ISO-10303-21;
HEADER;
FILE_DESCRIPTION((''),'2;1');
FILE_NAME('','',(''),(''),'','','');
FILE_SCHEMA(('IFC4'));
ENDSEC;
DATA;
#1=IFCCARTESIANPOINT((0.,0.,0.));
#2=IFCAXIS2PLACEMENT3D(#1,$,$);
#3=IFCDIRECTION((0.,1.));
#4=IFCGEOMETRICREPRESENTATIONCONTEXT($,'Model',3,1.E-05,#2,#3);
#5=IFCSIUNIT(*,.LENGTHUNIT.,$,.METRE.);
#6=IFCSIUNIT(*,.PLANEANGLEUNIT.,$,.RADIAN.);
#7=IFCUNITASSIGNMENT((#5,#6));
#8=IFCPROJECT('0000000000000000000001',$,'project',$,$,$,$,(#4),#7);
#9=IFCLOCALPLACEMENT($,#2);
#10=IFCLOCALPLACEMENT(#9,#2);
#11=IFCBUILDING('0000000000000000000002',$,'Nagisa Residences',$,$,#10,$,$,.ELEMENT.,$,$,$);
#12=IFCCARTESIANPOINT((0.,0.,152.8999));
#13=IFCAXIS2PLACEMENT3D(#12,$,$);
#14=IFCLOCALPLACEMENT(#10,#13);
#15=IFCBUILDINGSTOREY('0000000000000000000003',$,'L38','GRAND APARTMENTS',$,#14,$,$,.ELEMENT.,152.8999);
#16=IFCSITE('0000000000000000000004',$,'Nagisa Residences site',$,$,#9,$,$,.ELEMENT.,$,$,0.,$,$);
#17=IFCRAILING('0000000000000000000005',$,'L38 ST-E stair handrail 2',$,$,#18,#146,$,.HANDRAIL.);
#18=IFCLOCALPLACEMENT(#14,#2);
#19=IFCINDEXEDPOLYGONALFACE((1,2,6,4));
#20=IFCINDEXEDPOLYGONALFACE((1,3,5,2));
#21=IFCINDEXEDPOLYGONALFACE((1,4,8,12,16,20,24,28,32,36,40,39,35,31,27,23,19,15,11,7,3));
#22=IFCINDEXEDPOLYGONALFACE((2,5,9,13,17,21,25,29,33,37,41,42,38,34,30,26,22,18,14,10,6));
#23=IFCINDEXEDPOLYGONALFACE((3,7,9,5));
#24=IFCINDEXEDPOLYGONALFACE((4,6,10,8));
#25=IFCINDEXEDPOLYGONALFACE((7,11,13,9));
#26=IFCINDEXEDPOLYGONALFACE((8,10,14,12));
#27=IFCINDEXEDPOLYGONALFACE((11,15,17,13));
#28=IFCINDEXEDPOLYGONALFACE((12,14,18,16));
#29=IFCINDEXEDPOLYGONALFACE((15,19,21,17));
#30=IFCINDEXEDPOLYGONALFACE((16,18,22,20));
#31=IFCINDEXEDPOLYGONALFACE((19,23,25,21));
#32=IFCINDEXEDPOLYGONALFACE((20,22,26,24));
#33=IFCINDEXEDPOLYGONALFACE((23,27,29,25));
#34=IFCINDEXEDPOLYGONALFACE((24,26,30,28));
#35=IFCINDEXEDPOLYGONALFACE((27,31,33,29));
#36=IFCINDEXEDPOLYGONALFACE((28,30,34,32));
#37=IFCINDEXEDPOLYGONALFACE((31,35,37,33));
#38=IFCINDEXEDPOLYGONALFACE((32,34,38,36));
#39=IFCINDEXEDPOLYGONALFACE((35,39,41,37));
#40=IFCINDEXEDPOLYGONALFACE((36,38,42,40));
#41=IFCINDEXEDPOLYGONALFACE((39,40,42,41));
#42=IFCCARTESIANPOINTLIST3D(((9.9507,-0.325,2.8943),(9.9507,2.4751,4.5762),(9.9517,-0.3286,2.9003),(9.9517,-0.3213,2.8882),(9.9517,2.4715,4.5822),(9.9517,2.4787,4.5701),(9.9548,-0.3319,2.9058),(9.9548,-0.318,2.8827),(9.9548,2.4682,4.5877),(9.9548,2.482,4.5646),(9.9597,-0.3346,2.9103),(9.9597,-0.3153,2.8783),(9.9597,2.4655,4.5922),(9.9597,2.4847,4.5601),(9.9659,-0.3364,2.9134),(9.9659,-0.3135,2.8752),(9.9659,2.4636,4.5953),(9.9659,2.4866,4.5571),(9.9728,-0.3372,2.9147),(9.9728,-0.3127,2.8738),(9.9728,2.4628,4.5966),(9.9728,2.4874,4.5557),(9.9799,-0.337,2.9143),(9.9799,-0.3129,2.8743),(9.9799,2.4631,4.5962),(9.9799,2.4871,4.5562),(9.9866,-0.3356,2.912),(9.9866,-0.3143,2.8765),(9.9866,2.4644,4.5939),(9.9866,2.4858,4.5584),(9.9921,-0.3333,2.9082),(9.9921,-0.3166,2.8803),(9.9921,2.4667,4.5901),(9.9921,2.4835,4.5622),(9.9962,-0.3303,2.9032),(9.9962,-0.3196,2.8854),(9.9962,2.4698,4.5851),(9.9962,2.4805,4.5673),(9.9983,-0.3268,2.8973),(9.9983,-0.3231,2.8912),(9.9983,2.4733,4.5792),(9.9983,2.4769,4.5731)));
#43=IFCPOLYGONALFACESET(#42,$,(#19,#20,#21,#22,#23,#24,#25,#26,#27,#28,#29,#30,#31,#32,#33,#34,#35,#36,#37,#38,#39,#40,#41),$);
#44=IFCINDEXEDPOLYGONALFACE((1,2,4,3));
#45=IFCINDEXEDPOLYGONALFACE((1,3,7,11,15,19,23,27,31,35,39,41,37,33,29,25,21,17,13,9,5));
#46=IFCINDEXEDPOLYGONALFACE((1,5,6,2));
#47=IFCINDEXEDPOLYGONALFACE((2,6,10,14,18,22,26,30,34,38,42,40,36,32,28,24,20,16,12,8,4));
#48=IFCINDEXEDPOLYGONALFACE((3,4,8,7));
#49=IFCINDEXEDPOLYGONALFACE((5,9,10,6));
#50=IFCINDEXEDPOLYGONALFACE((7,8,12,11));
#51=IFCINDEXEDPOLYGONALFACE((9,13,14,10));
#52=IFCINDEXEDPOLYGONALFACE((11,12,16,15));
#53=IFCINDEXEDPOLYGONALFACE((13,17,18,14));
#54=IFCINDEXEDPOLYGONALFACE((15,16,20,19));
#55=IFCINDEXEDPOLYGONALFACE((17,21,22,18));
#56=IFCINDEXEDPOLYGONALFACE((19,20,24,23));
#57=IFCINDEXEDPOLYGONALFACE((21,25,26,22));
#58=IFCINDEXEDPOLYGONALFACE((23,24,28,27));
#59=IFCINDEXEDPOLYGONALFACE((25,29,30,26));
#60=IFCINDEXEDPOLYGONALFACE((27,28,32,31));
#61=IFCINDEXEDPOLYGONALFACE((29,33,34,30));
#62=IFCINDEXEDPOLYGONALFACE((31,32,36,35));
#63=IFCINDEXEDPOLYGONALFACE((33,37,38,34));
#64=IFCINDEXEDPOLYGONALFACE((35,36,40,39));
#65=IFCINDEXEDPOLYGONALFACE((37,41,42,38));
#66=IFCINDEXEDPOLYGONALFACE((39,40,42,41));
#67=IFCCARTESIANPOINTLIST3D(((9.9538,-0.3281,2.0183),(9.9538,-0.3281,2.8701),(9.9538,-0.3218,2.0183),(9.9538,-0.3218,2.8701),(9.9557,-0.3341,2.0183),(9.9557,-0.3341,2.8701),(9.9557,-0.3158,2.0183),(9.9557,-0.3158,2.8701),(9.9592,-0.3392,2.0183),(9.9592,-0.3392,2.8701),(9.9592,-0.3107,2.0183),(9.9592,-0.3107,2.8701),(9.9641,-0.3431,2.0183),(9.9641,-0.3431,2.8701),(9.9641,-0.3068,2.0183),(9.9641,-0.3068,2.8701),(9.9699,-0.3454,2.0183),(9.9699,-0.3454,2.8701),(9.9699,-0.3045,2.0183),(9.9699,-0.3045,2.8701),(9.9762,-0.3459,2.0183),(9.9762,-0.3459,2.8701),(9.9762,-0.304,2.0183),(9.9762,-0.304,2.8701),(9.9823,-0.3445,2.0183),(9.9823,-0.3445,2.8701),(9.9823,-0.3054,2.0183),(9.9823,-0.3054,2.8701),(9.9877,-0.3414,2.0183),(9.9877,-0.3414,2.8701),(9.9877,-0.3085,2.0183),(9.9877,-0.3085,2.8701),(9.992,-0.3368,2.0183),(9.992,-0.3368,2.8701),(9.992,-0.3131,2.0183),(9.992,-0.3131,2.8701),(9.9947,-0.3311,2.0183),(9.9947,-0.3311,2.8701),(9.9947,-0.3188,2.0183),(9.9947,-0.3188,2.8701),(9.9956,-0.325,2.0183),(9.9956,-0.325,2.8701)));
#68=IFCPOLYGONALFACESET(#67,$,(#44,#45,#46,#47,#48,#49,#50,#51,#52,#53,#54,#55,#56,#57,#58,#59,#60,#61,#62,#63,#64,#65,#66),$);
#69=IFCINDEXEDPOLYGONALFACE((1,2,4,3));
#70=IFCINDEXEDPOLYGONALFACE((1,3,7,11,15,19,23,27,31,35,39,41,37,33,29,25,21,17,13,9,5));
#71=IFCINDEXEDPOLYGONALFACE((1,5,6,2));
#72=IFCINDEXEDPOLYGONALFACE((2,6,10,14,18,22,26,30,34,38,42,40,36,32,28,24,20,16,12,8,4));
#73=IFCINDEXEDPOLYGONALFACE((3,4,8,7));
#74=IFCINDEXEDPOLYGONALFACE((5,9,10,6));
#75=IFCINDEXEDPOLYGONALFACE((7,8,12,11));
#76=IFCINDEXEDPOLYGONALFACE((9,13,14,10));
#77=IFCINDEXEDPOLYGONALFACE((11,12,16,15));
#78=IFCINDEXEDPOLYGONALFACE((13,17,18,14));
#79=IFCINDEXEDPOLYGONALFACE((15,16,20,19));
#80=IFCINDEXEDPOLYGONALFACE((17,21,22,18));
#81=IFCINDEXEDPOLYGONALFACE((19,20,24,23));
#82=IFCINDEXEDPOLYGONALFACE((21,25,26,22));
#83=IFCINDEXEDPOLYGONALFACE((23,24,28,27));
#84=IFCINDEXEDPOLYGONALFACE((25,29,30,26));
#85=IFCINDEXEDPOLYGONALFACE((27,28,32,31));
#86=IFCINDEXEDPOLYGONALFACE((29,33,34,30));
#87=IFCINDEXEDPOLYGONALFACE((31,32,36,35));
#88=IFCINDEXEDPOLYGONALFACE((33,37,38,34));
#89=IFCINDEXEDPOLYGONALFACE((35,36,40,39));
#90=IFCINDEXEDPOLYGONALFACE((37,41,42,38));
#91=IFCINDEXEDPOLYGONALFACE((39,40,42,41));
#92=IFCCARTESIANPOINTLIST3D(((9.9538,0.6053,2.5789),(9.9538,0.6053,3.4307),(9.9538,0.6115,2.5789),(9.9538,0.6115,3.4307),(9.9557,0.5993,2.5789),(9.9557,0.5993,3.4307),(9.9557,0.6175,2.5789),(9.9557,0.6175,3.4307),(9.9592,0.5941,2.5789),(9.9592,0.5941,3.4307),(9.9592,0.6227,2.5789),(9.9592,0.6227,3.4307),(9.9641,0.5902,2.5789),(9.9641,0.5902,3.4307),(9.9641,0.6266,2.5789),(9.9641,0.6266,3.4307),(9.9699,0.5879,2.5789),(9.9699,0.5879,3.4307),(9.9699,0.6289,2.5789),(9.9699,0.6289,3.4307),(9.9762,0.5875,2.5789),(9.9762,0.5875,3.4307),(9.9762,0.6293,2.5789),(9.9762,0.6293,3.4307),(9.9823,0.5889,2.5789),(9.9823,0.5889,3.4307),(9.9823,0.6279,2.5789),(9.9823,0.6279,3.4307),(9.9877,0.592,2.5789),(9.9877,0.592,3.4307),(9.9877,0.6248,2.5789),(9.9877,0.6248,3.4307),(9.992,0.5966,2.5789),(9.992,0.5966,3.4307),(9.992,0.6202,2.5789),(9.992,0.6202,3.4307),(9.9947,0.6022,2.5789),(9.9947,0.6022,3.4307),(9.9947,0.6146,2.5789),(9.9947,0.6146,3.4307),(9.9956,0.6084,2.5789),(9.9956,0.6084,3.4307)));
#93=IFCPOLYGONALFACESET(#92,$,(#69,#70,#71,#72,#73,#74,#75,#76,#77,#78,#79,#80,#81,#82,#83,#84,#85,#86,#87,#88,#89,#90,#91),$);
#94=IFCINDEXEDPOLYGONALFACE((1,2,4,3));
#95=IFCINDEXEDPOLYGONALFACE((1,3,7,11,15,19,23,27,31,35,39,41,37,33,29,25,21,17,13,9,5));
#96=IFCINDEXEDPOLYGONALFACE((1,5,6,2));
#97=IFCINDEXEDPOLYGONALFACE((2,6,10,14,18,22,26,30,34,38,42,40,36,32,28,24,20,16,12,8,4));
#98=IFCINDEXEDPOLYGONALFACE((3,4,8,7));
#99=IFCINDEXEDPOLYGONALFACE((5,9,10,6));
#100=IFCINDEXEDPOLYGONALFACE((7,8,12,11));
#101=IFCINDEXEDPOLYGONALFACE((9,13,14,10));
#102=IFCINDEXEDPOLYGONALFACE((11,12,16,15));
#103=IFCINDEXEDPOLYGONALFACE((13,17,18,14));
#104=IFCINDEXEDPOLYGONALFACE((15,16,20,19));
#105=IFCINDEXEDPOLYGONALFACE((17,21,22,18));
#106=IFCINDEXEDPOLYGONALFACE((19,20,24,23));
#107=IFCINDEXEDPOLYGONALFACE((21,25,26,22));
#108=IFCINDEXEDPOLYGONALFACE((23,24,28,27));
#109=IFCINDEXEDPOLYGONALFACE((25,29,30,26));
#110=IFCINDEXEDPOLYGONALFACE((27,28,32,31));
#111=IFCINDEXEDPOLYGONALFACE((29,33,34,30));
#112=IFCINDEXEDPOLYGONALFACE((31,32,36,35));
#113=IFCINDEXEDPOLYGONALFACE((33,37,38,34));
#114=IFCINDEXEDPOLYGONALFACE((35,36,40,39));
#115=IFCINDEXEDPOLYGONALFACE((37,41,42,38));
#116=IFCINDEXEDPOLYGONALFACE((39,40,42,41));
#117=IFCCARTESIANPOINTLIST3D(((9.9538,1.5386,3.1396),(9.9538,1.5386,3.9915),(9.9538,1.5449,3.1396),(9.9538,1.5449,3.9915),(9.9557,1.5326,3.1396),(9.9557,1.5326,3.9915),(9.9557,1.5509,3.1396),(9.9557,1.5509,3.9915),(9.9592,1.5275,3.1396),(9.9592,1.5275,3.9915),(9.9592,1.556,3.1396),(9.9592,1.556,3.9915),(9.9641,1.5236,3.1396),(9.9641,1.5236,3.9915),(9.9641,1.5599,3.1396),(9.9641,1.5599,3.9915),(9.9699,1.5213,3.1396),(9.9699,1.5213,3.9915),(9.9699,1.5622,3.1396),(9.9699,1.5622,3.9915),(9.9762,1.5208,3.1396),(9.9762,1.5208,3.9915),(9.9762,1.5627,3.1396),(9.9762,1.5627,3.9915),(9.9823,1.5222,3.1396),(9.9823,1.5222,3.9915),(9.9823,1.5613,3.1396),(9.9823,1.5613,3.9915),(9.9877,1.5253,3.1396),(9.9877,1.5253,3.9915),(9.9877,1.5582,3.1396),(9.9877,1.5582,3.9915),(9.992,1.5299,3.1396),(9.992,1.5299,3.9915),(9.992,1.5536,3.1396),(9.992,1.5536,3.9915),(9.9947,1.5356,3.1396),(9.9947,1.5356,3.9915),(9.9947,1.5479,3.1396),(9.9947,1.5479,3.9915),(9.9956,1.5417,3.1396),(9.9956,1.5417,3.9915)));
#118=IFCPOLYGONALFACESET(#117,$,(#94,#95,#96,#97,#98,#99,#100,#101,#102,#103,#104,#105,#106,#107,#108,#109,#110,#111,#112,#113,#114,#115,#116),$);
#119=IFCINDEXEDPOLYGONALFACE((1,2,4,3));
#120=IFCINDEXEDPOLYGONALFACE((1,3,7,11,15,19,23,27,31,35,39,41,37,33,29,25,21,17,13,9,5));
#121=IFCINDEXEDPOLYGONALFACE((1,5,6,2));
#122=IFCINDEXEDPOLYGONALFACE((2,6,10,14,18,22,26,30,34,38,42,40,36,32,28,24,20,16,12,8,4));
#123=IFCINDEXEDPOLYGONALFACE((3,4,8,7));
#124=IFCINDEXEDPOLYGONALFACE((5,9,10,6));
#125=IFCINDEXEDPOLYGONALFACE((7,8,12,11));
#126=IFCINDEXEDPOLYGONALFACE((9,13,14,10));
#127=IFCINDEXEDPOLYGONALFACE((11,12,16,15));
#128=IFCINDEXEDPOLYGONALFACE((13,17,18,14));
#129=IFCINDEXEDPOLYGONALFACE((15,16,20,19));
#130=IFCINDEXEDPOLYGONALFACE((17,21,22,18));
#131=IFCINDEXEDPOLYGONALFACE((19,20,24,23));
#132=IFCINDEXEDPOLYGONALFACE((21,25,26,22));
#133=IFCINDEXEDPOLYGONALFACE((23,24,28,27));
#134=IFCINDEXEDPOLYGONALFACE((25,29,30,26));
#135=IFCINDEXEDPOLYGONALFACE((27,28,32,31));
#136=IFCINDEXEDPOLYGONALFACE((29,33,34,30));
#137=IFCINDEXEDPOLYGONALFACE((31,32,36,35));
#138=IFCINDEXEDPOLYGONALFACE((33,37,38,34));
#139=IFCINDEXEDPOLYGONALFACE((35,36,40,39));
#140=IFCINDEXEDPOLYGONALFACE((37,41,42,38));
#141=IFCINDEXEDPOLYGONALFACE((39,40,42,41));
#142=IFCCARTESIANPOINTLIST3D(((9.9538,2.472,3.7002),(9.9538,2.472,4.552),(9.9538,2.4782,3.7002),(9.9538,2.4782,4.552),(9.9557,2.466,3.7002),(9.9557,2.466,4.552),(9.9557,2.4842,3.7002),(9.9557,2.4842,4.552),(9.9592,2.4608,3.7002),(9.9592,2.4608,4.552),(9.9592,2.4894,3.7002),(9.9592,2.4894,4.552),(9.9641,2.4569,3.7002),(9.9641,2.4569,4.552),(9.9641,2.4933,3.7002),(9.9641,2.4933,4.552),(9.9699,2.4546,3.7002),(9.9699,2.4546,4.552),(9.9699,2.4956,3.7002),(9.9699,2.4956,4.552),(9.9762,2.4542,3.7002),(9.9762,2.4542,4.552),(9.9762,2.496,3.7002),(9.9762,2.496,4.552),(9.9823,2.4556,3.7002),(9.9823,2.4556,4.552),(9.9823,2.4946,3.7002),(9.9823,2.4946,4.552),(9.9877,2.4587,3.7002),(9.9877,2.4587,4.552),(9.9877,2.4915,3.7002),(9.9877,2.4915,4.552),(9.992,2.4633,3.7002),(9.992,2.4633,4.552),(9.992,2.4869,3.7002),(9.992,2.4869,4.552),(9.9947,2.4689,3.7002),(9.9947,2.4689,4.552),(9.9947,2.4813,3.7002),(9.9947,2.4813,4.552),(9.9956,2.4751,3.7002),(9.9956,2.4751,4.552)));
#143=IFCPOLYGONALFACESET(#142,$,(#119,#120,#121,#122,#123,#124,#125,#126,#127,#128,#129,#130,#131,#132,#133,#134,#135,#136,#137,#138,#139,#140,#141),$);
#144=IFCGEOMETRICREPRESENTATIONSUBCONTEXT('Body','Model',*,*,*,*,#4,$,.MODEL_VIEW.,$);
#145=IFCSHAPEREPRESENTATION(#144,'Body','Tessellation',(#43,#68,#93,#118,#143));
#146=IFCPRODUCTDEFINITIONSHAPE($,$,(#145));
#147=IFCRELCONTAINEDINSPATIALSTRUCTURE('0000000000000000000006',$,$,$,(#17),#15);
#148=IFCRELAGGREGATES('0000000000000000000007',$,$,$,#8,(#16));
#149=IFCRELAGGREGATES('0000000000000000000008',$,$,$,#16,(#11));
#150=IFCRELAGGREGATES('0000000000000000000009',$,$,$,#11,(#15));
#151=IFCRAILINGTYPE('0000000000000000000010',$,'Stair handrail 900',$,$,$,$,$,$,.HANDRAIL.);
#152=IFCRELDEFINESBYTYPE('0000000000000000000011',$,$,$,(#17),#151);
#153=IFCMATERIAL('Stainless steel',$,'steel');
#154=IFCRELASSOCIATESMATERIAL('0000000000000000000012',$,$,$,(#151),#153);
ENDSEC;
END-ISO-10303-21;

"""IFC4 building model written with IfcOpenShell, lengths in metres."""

from ifc_helpers import new_model, si_unit, direction, frame, origin, origin_2d, place, context, subcontext, project, spatial, circle, extrude, material, type_object, element, save


model = new_model("IFC4")

# Units and contexts
model_context = context("Model", 3, precision=1e-05, world=origin(), true_north=direction((0.0, 1.0)))
body_context = subcontext(model_context, "Body", "Model", "MODEL_VIEW")
ifc_project = project(units=[si_unit("LENGTHUNIT", "METRE"), si_unit("PLANEANGLEUNIT", "RADIAN")], contexts=[model_context])

# Site, building, storey
site_placement = place(None, origin())
site = spatial("IfcSite", under=ifc_project, at=site_placement, Name="Nagisa Residences site", CompositionType="ELEMENT", RefElevation=0.0)
building_placement = place(site_placement, origin())
building = spatial("IfcBuilding", under=site, at=building_placement, Name="Nagisa Residences", CompositionType="ELEMENT")
storey_placement = place(building_placement, frame((0.0, 0.0, 152.8999)))
storey = spatial("IfcBuildingStorey", under=building, at=storey_placement, Name="L38", Description="GRAND APARTMENTS", CompositionType="ELEMENT", Elevation=152.8999)

# Railing
ifc_material_1 = material(Name="Stainless steel", Category="steel")
railing_type_1 = type_object("IfcRailingType", Name="Stair handrail 900", PredefinedType="HANDRAIL", material=ifc_material_1)
railing_1_placement = place(storey_placement, frame((9.9746, -0.325, 2.0183)))
element("IfcRailing", 1, at=railing_1_placement, inside=storey, type_object=railing_type_1, Name="L38 ST-E stair handrail 2", PredefinedType="HANDRAIL", context=body_context, shape_type="SweptSolid", body=[
    extrude(circle(Radius=0.0239, at=origin_2d()), frame((0.0, 0.0, 0.876), z_axis=(0.0, 0.857242, 0.514913), x_axis=(-1.0, 0.0, 0.0)), (0.0, 0.0, 1.0), 3.2664),
    extrude(circle(Radius=0.021, at=origin_2d()), origin(), (0.0, 0.0, 1.0), 0.8518),
    extrude(circle(Radius=0.021, at=origin_2d()), frame((0.0, 0.9333, 0.5605)), (0.0, 0.0, 1.0), 0.8518),
    extrude(circle(Radius=0.021, at=origin_2d()), frame((0.0, 1.8667, 1.1213)), (0.0, 0.0, 1.0), 0.8518),
    extrude(circle(Radius=0.021, at=origin_2d()), frame((0.0, 2.8, 1.6819)), (0.0, 0.0, 1.0), 0.8518),
])

save(model, "model.ifc")
